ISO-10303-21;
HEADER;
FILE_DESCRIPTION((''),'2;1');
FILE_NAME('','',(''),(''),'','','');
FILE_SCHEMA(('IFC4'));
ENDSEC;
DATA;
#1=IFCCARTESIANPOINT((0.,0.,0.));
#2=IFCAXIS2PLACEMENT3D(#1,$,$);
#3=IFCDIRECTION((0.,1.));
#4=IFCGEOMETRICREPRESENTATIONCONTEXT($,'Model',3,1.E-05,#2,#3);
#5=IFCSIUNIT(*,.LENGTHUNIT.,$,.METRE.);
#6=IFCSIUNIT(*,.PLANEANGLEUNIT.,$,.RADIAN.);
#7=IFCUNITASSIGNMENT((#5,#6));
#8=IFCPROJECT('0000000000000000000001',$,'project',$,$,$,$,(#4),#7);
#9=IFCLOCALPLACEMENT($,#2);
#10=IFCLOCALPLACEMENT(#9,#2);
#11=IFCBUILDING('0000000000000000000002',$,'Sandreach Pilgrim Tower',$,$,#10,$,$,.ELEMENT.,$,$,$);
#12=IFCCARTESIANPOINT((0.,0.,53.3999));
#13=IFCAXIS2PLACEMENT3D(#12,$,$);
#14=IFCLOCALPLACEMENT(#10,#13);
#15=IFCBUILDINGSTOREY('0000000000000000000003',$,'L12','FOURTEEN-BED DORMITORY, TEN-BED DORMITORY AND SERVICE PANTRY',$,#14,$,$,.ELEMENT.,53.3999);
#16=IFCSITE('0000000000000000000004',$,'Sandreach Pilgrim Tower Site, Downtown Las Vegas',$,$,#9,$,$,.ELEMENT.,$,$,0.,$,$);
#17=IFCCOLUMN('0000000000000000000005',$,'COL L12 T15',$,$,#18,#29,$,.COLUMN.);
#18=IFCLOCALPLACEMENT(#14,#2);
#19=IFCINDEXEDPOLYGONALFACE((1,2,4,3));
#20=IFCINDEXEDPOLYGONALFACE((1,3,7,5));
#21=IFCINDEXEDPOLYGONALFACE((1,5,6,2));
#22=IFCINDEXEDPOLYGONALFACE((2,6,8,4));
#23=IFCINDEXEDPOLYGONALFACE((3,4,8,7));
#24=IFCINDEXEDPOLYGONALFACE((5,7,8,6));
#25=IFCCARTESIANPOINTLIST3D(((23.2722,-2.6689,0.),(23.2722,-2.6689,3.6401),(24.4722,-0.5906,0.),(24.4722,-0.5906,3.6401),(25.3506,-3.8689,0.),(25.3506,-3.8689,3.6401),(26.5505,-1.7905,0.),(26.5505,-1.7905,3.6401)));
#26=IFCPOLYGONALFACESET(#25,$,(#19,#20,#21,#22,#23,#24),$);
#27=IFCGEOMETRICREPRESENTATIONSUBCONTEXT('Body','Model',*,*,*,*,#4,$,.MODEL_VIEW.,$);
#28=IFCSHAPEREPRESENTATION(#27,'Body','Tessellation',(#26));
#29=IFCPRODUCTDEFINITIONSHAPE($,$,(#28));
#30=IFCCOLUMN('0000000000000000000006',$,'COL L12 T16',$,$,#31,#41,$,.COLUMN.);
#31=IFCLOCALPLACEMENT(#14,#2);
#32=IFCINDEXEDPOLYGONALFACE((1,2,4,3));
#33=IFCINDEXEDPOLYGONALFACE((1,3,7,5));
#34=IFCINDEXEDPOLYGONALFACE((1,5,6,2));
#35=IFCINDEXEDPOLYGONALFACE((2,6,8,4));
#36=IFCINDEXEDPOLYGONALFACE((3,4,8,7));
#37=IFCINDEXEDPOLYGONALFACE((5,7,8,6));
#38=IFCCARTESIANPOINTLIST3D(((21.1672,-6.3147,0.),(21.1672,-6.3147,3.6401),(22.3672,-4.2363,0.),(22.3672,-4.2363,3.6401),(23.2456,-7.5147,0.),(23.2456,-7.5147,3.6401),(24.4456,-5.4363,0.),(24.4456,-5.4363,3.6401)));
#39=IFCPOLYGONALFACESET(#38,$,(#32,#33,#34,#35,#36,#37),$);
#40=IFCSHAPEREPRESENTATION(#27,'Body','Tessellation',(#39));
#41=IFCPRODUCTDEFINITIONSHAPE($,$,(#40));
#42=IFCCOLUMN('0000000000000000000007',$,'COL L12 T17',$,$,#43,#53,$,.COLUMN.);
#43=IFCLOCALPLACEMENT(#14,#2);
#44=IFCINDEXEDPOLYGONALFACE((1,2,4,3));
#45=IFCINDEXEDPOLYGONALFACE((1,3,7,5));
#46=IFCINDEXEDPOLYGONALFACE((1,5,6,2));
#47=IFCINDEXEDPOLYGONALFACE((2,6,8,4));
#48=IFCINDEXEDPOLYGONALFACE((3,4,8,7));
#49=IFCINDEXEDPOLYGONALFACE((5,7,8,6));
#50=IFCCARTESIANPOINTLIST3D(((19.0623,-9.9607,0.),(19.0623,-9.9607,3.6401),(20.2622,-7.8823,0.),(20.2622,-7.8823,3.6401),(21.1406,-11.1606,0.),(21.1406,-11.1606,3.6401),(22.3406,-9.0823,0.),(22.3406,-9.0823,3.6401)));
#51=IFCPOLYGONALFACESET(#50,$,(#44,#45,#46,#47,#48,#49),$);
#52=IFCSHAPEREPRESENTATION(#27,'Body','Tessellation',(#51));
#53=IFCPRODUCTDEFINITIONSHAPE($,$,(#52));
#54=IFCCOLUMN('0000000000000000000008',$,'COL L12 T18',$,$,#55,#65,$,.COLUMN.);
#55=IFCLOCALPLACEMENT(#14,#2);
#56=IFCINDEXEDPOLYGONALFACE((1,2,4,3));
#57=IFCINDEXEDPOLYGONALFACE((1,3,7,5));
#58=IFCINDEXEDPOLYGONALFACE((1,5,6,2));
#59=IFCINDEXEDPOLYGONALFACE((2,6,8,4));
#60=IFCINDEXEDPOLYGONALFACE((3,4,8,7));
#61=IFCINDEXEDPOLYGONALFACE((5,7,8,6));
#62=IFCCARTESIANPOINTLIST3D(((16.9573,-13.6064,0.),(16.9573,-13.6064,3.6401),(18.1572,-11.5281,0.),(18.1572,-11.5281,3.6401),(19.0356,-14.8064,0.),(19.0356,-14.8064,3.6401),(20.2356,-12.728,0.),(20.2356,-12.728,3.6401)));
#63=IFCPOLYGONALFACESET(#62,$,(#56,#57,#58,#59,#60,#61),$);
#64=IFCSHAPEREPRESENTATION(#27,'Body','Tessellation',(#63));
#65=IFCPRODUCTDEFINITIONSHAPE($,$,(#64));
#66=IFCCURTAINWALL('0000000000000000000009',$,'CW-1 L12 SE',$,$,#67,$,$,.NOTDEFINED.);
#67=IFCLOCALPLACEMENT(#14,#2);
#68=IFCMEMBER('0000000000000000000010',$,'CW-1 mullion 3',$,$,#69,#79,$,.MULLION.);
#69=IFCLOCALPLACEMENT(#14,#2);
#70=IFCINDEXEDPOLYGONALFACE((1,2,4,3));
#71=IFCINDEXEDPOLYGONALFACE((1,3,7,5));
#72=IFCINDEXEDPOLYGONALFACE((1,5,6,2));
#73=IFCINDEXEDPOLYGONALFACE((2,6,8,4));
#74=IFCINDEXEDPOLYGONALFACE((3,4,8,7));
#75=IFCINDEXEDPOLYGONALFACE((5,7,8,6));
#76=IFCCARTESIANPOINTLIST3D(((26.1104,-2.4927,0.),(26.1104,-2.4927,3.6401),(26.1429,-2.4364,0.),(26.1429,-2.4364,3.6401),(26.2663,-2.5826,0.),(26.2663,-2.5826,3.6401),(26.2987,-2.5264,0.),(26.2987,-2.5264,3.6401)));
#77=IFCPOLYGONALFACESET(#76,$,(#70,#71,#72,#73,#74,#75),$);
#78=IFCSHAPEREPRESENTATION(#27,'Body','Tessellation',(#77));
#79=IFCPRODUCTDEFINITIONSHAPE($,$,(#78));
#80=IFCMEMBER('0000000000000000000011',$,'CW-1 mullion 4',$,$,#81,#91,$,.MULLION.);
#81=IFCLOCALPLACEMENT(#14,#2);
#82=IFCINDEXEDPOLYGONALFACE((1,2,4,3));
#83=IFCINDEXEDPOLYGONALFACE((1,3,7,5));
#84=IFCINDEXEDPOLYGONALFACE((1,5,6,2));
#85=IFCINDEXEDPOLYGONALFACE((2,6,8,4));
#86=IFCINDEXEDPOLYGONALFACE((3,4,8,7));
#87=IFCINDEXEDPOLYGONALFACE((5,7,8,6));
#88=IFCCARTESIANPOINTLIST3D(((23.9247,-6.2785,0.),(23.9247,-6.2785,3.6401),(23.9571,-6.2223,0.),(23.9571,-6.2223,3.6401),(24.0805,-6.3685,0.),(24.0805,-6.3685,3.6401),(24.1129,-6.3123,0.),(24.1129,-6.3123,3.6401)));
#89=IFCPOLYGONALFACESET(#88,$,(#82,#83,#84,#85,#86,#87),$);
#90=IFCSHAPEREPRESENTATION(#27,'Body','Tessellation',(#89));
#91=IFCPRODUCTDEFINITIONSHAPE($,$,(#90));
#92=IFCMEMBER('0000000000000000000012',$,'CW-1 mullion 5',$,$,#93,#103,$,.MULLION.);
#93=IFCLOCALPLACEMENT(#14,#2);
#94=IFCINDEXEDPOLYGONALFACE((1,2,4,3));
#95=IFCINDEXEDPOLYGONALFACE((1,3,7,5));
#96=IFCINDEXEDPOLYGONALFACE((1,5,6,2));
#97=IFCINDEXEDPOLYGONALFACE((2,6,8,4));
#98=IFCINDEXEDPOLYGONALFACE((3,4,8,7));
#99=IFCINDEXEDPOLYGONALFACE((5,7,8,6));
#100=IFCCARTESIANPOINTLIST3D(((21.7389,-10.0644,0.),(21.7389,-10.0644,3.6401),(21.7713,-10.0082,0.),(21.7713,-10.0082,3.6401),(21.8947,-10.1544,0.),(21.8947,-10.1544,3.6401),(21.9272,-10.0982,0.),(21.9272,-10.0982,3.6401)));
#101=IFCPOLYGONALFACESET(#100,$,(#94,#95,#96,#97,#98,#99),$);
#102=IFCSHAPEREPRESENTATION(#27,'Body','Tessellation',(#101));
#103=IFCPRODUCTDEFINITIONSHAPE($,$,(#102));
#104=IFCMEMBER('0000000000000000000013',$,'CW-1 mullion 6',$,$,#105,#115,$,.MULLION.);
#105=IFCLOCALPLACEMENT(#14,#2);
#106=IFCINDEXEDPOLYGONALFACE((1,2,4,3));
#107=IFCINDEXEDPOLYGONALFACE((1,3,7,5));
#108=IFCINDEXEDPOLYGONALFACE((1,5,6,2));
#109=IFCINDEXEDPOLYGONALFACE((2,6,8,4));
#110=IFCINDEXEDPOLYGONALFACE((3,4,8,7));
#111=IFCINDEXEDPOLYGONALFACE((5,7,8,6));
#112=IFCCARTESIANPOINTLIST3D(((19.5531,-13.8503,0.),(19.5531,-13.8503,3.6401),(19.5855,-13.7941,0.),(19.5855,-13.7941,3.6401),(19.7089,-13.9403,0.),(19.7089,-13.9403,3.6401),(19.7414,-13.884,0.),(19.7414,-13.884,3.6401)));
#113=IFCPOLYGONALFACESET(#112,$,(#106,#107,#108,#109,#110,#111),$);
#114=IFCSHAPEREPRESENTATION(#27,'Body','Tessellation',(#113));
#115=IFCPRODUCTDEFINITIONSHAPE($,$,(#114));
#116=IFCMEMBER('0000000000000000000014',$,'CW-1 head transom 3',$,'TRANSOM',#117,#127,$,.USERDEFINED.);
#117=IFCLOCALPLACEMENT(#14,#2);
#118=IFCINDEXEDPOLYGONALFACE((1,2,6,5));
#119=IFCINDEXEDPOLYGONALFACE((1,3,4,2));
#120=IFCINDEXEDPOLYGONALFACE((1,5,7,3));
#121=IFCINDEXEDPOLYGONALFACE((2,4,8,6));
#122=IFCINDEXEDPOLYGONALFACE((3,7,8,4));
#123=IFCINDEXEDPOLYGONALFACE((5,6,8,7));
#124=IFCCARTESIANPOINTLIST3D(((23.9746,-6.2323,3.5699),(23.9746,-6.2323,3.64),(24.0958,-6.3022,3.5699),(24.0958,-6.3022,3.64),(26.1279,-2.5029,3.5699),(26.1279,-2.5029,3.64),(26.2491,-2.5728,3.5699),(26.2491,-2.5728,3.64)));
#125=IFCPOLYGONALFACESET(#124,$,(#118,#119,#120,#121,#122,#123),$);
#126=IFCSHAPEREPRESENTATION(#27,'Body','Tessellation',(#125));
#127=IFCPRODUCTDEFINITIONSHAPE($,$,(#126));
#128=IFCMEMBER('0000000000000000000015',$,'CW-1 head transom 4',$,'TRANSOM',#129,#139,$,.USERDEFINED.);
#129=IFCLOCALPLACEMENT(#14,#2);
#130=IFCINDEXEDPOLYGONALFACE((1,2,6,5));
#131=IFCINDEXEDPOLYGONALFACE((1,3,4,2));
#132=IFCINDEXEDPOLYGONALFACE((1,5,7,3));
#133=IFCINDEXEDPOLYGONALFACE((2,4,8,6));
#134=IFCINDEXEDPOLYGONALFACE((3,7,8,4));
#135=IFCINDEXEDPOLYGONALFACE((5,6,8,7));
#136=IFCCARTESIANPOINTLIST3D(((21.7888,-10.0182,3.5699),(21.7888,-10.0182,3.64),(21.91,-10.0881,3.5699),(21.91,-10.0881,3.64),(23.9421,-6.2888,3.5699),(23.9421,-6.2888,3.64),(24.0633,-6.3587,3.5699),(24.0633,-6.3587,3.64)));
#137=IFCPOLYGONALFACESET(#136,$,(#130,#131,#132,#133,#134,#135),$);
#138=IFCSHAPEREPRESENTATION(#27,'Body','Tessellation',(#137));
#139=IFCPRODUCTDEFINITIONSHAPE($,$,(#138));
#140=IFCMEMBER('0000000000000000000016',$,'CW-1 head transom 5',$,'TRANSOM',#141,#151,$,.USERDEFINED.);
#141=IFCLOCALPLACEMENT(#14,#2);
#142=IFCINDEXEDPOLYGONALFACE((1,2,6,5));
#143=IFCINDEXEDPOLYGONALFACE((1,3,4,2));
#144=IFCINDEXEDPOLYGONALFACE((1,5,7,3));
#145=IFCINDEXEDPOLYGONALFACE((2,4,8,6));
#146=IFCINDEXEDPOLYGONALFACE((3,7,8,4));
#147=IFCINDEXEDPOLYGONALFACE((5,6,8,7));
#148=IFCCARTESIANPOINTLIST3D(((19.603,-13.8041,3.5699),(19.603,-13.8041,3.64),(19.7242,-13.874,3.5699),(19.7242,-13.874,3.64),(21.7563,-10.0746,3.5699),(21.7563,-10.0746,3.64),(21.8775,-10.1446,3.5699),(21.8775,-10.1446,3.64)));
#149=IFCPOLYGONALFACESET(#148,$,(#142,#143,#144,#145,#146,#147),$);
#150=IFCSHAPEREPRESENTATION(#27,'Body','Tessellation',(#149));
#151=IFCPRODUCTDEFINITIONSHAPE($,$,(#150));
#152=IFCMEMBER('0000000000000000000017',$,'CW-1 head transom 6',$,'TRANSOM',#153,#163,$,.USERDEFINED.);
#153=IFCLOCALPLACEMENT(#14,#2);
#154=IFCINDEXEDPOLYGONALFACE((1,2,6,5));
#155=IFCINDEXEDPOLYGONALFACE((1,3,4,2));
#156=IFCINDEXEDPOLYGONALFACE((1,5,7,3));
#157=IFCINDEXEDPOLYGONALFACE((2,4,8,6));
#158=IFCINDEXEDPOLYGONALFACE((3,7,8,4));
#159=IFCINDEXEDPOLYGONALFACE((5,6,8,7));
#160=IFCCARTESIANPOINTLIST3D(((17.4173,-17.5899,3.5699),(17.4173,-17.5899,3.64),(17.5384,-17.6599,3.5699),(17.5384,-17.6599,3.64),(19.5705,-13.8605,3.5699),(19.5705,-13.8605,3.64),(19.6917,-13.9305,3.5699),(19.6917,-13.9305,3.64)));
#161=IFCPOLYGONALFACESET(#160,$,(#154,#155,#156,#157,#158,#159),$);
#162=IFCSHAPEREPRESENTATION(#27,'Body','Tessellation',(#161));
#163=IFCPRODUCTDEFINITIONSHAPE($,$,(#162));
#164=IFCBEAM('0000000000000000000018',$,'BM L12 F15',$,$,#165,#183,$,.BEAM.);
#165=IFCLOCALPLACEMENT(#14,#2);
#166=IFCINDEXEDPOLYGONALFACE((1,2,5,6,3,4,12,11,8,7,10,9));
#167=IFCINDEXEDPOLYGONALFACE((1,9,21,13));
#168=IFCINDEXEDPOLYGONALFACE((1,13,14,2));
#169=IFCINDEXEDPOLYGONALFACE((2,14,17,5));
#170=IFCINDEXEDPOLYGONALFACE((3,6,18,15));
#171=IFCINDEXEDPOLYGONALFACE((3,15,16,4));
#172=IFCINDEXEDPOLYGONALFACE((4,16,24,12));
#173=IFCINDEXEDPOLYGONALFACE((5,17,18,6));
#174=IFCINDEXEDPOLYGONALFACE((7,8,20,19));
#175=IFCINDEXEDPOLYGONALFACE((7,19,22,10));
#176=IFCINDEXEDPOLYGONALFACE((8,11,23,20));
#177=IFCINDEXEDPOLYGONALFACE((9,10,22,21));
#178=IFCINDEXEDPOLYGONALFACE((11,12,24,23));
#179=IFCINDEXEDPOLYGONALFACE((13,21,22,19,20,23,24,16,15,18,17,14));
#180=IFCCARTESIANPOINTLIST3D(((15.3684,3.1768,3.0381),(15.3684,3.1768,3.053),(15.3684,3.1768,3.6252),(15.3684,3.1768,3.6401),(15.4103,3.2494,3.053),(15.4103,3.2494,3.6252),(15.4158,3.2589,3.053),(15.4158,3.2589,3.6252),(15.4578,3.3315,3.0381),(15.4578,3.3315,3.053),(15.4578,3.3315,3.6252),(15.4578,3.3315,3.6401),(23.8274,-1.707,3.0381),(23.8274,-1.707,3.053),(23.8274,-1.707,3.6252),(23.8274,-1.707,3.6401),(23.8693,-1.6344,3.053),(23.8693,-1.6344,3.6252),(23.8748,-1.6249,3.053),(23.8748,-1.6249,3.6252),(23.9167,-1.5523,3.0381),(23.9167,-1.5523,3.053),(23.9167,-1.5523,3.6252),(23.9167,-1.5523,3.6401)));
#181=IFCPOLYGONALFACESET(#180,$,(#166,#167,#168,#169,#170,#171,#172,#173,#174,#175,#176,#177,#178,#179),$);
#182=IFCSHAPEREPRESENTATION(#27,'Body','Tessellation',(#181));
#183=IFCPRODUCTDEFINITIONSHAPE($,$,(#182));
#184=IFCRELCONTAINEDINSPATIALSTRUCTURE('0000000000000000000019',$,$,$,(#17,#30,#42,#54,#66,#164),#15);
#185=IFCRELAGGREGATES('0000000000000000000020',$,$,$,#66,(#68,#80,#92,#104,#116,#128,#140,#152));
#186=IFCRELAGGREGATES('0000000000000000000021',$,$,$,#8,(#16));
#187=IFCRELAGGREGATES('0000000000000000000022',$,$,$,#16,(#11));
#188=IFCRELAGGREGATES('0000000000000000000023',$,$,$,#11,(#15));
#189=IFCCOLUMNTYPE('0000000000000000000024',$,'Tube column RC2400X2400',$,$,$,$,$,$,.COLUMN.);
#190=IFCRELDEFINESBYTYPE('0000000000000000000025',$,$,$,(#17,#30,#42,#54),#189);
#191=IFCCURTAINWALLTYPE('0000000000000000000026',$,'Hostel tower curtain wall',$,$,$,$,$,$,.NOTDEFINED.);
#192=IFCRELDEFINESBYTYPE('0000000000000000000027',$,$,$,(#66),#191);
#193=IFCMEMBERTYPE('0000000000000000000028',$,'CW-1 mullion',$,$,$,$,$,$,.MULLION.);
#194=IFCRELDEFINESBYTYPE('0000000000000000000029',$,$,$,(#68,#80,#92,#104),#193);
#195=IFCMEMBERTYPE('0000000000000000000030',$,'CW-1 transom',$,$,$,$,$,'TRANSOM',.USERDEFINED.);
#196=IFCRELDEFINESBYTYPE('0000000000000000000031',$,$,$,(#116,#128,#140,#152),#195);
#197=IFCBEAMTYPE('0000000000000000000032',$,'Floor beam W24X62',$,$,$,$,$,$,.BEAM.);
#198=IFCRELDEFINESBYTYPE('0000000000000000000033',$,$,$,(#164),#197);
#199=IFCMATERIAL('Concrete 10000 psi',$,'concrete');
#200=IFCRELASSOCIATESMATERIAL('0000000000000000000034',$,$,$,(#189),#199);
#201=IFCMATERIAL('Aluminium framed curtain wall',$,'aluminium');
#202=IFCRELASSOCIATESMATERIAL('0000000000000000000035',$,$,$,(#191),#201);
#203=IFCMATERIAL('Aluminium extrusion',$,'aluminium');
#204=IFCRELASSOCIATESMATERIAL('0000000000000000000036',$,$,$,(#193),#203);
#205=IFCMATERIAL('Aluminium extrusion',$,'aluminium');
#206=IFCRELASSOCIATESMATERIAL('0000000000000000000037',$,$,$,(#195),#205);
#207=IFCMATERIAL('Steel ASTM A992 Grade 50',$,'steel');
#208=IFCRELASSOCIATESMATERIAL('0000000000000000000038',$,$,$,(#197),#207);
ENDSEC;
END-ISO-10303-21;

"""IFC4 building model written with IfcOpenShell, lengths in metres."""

from ifc_helpers import new_model, si_unit, direction, frame, origin, origin_2d, place, context, subcontext, project, spatial, rectangle, i_section, extrude, clip, halfspace, material, material_profile, profile_set, type_object, element, aggregate, save


model = new_model("IFC4")

# Units and contexts
model_context = context("Model", 3, precision=1e-05, world=origin(), true_north=direction((0.0, 1.0)))
body_context = subcontext(model_context, "Body", "Model", "MODEL_VIEW")
ifc_project = project(units=[si_unit("LENGTHUNIT", "METRE"), si_unit("PLANEANGLEUNIT", "RADIAN")], contexts=[model_context])

# Site, building, storey
site_placement = place(None, origin())
site = spatial("IfcSite", under=ifc_project, at=site_placement, Name="Sandreach Pilgrim Tower Site, Downtown Las Vegas", CompositionType="ELEMENT", RefElevation=0.0)
building_placement = place(site_placement, origin())
building = spatial("IfcBuilding", under=site, at=building_placement, Name="Sandreach Pilgrim Tower", CompositionType="ELEMENT")
storey_placement = place(building_placement, frame((0.0, 0.0, 53.3999)))
storey = spatial("IfcBuildingStorey", under=building, at=storey_placement, Name="L12", Description="FOURTEEN-BED DORMITORY, TEN-BED DORMITORY AND SERVICE PANTRY", CompositionType="ELEMENT", Elevation=53.3999)

# Columns
ifc_material_1 = material(Name="Concrete 10000 psi", Category="concrete")
ifc_material_profile_1 = material_profile(ifc_material_1, rectangle(XDim=2.3999, YDim=2.3999, at=origin_2d()), Name="RC2400X2400")
ifc_profile_set_1 = profile_set([ifc_material_profile_1], Name="Concrete 10000 psi")
column_type = type_object("IfcColumnType", Name="Tube column RC2400X2400", PredefinedType="COLUMN", material=ifc_profile_set_1)
column_1_placement = place(storey_placement, frame((24.9114, -2.2297, 0.0), z_axis=(0.0, 0.0, 1.0), x_axis=(0.866025, -0.5, 0.0)))
element("IfcColumn", 1, at=column_1_placement, inside=storey, type_object=column_type, Name="COL L12 T15", PredefinedType="COLUMN", context=body_context, shape_type="SweptSolid", body=[
    clip(extrude(rectangle(XDim=2.3999, YDim=2.3999, at=origin_2d()), origin(), (0.0, 0.0, 1.0), 3.7356), halfspace(frame((0.0, 0.0, 3.6401)), False)),
])
column_2_placement = place(storey_placement, frame((22.8064, -5.8755, 0.0), z_axis=(0.0, 0.0, 1.0), x_axis=(0.866025, -0.5, 0.0)))
element("IfcColumn", 2, at=column_2_placement, inside=storey, type_object=column_type, Name="COL L12 T16", PredefinedType="COLUMN", context=body_context, shape_type="SweptSolid", body=[
    clip(extrude(rectangle(XDim=2.3999, YDim=2.3999, at=origin_2d()), origin(), (0.0, 0.0, 1.0), 3.7439), halfspace(frame((0.0, 0.0, 3.6401)), False)),
])
for number, where, z_axis, x_axis, name in (
    (3, (20.7014, -9.5215, 0.0), (0.0, 0.0, 1.0), (0.866025, -0.5, 0.0), "COL L12 T17"),
    (4, (18.5964, -13.1672, 0.0), (0.0, 0.0, 1.0), (0.866025, -0.5, 0.0), "COL L12 T18"),
):
    element("IfcColumn", number, at=place(storey_placement, frame(where, z_axis=z_axis, x_axis=x_axis)), inside=storey, type_object=column_type, Name=name, PredefinedType="COLUMN", context=body_context, shape_type="SweptSolid", body=[
        clip(extrude(rectangle(XDim=2.3999, YDim=2.3999, at=origin_2d()), origin(), (0.0, 0.0, 1.0), 3.752), halfspace(frame((0.0, 0.0, 3.6401)), False)),
    ])

# Curtain wall, members
ifc_material_2 = material(Name="Aluminium framed curtain wall", Category="aluminium")
curtain_wall_type = type_object("IfcCurtainWallType", Name="Hostel tower curtain wall", PredefinedType="NOTDEFINED", material=ifc_material_2)
curtain_wall_placement = place(storey_placement, origin())
curtain_wall = element("IfcCurtainWall", 5, at=curtain_wall_placement, inside=storey, type_object=curtain_wall_type, Name="CW-1 L12 SE", PredefinedType="NOTDEFINED")
ifc_material_3 = material(Name="Aluminium extrusion", Category="aluminium")
ifc_material_profile_2 = material_profile(ifc_material_3, rectangle(XDim=0.0649, YDim=0.1799, at=origin_2d()), Name="CW-1M 65X180")
ifc_profile_set_2 = profile_set([ifc_material_profile_2], Name="Aluminium extrusion")
member_type_1 = type_object("IfcMemberType", Name="CW-1 mullion", PredefinedType="MULLION", material=ifc_profile_set_2)
member_1_placement = place(storey_placement, frame((26.2046, -2.5095, 0.0), z_axis=(0.0, 0.0, 1.0), x_axis=(-0.5, -0.866025, 0.0)))
member_1 = element("IfcMember", 6, at=member_1_placement, type_object=member_type_1, Name="CW-1 mullion 3", PredefinedType="MULLION", context=body_context, shape_type="SweptSolid", body=[
    extrude(rectangle(XDim=0.0649, YDim=0.1799, at=origin_2d()), origin(), (0.0, 0.0, 1.0), 3.6401),
])
member_2_placement = place(storey_placement, frame((24.0188, -6.2954, 0.0), z_axis=(0.0, 0.0, 1.0), x_axis=(-0.5, -0.866025, 0.0)))
member_2 = element("IfcMember", 7, at=member_2_placement, type_object=member_type_1, Name="CW-1 mullion 4", PredefinedType="MULLION", context=body_context, shape_type="SweptSolid", body=[
    extrude(rectangle(XDim=0.0649, YDim=0.1799, at=origin_2d()), origin(), (0.0, 0.0, 1.0), 3.6401),
])
member_3_placement = place(storey_placement, frame((21.833, -10.0813, 0.0), z_axis=(0.0, 0.0, 1.0), x_axis=(-0.5, -0.866025, 0.0)))
member_3 = element("IfcMember", 8, at=member_3_placement, type_object=member_type_1, Name="CW-1 mullion 5", PredefinedType="MULLION", context=body_context, shape_type="SweptSolid", body=[
    extrude(rectangle(XDim=0.0649, YDim=0.1799, at=origin_2d()), origin(), (0.0, 0.0, 1.0), 3.6401),
])
member_4_placement = place(storey_placement, frame((19.6472, -13.8672, 0.0), z_axis=(0.0, 0.0, 1.0), x_axis=(-0.5, -0.866025, 0.0)))
member_4 = element("IfcMember", 9, at=member_4_placement, type_object=member_type_1, Name="CW-1 mullion 6", PredefinedType="MULLION", context=body_context, shape_type="SweptSolid", body=[
    extrude(rectangle(XDim=0.0649, YDim=0.1799, at=origin_2d()), origin(), (0.0, 0.0, 1.0), 3.6401),
])
ifc_material_4 = material(Name="Aluminium extrusion", Category="aluminium")
ifc_material_profile_3 = material_profile(ifc_material_4, rectangle(XDim=0.1399, YDim=0.0701, at=origin_2d()), Name="CW-1T 140X70")
ifc_profile_set_3 = profile_set([ifc_material_profile_3], Name="Aluminium extrusion")
member_type_2 = type_object("IfcMemberType", Name="CW-1 transom", ElementType="TRANSOM", PredefinedType="USERDEFINED", material=ifc_profile_set_3)
member_5_placement = place(storey_placement, frame((26.1885, -2.5378, 3.605), z_axis=(-0.500017, -0.866016, 0.0), x_axis=(0.866016, -0.500017, 0.0)))
member_5 = element("IfcMember", 10, at=member_5_placement, type_object=member_type_2, Name="CW-1 head transom 3", ObjectType="TRANSOM", PredefinedType="USERDEFINED", context=body_context, shape_type="SweptSolid", body=[
    extrude(rectangle(XDim=0.1399, YDim=0.0701, at=origin_2d()), origin(), (0.0, 0.0, 1.0), 4.3064),
])
member_6_placement = place(storey_placement, frame((24.0027, -6.3237, 3.605), z_axis=(-0.500017, -0.866016, 0.0), x_axis=(0.866016, -0.500017, 0.0)))
member_6 = element("IfcMember", 11, at=member_6_placement, type_object=member_type_2, Name="CW-1 head transom 4", ObjectType="TRANSOM", PredefinedType="USERDEFINED", context=body_context, shape_type="SweptSolid", body=[
    extrude(rectangle(XDim=0.1399, YDim=0.0701, at=origin_2d()), origin(), (0.0, 0.0, 1.0), 4.3064),
])
member_7_placement = place(storey_placement, frame((21.8169, -10.1096, 3.605), z_axis=(-0.500017, -0.866016, 0.0), x_axis=(0.866016, -0.500017, 0.0)))
member_7 = element("IfcMember", 12, at=member_7_placement, type_object=member_type_2, Name="CW-1 head transom 5", ObjectType="TRANSOM", PredefinedType="USERDEFINED", context=body_context, shape_type="SweptSolid", body=[
    extrude(rectangle(XDim=0.1399, YDim=0.0701, at=origin_2d()), origin(), (0.0, 0.0, 1.0), 4.3064),
])
member_8_placement = place(storey_placement, frame((19.6311, -13.8955, 3.605), z_axis=(-0.500017, -0.866016, 0.0), x_axis=(0.866016, -0.500017, 0.0)))
member_8 = element("IfcMember", 13, at=member_8_placement, type_object=member_type_2, Name="CW-1 head transom 6", ObjectType="TRANSOM", PredefinedType="USERDEFINED", context=body_context, shape_type="SweptSolid", body=[
    extrude(rectangle(XDim=0.1399, YDim=0.0701, at=origin_2d()), origin(), (0.0, 0.0, 1.0), 4.3064),
])

# Beam
ifc_material_5 = material(Name="Steel ASTM A992 Grade 50", Category="steel")
ifc_material_profile_4 = material_profile(ifc_material_5, i_section(OverallWidth=0.1787, OverallDepth=0.6021, WebThickness=0.011, FlangeThickness=0.0149, at=origin_2d()), Name="W24X62")
ifc_profile_set_4 = profile_set([ifc_material_profile_4], Name="Steel ASTM A992 Grade 50")
beam_type_1 = type_object("IfcBeamType", Name="Floor beam W24X62", PredefinedType="BEAM", material=ifc_profile_set_4)
beam_1_placement = place(storey_placement, frame((23.8721, -1.6296, 3.3391), z_axis=(-0.866026, 0.499999, 0.0), x_axis=(-0.499999, -0.866026, 0.0)))
element("IfcBeam", 14, at=beam_1_placement, inside=storey, type_object=beam_type_1, Name="BM L12 F15", PredefinedType="BEAM", context=body_context, shape_type="SweptSolid", body=[
    extrude(i_section(OverallWidth=0.1787, OverallDepth=0.6021, WebThickness=0.011, FlangeThickness=0.0149, at=origin_2d()), origin(), (0.0, 0.0, 1.0), 9.7676),
])

aggregate(curtain_wall, [member_1, member_2, member_3, member_4, member_5, member_6, member_7, member_8])

save(model, "model.ifc")
